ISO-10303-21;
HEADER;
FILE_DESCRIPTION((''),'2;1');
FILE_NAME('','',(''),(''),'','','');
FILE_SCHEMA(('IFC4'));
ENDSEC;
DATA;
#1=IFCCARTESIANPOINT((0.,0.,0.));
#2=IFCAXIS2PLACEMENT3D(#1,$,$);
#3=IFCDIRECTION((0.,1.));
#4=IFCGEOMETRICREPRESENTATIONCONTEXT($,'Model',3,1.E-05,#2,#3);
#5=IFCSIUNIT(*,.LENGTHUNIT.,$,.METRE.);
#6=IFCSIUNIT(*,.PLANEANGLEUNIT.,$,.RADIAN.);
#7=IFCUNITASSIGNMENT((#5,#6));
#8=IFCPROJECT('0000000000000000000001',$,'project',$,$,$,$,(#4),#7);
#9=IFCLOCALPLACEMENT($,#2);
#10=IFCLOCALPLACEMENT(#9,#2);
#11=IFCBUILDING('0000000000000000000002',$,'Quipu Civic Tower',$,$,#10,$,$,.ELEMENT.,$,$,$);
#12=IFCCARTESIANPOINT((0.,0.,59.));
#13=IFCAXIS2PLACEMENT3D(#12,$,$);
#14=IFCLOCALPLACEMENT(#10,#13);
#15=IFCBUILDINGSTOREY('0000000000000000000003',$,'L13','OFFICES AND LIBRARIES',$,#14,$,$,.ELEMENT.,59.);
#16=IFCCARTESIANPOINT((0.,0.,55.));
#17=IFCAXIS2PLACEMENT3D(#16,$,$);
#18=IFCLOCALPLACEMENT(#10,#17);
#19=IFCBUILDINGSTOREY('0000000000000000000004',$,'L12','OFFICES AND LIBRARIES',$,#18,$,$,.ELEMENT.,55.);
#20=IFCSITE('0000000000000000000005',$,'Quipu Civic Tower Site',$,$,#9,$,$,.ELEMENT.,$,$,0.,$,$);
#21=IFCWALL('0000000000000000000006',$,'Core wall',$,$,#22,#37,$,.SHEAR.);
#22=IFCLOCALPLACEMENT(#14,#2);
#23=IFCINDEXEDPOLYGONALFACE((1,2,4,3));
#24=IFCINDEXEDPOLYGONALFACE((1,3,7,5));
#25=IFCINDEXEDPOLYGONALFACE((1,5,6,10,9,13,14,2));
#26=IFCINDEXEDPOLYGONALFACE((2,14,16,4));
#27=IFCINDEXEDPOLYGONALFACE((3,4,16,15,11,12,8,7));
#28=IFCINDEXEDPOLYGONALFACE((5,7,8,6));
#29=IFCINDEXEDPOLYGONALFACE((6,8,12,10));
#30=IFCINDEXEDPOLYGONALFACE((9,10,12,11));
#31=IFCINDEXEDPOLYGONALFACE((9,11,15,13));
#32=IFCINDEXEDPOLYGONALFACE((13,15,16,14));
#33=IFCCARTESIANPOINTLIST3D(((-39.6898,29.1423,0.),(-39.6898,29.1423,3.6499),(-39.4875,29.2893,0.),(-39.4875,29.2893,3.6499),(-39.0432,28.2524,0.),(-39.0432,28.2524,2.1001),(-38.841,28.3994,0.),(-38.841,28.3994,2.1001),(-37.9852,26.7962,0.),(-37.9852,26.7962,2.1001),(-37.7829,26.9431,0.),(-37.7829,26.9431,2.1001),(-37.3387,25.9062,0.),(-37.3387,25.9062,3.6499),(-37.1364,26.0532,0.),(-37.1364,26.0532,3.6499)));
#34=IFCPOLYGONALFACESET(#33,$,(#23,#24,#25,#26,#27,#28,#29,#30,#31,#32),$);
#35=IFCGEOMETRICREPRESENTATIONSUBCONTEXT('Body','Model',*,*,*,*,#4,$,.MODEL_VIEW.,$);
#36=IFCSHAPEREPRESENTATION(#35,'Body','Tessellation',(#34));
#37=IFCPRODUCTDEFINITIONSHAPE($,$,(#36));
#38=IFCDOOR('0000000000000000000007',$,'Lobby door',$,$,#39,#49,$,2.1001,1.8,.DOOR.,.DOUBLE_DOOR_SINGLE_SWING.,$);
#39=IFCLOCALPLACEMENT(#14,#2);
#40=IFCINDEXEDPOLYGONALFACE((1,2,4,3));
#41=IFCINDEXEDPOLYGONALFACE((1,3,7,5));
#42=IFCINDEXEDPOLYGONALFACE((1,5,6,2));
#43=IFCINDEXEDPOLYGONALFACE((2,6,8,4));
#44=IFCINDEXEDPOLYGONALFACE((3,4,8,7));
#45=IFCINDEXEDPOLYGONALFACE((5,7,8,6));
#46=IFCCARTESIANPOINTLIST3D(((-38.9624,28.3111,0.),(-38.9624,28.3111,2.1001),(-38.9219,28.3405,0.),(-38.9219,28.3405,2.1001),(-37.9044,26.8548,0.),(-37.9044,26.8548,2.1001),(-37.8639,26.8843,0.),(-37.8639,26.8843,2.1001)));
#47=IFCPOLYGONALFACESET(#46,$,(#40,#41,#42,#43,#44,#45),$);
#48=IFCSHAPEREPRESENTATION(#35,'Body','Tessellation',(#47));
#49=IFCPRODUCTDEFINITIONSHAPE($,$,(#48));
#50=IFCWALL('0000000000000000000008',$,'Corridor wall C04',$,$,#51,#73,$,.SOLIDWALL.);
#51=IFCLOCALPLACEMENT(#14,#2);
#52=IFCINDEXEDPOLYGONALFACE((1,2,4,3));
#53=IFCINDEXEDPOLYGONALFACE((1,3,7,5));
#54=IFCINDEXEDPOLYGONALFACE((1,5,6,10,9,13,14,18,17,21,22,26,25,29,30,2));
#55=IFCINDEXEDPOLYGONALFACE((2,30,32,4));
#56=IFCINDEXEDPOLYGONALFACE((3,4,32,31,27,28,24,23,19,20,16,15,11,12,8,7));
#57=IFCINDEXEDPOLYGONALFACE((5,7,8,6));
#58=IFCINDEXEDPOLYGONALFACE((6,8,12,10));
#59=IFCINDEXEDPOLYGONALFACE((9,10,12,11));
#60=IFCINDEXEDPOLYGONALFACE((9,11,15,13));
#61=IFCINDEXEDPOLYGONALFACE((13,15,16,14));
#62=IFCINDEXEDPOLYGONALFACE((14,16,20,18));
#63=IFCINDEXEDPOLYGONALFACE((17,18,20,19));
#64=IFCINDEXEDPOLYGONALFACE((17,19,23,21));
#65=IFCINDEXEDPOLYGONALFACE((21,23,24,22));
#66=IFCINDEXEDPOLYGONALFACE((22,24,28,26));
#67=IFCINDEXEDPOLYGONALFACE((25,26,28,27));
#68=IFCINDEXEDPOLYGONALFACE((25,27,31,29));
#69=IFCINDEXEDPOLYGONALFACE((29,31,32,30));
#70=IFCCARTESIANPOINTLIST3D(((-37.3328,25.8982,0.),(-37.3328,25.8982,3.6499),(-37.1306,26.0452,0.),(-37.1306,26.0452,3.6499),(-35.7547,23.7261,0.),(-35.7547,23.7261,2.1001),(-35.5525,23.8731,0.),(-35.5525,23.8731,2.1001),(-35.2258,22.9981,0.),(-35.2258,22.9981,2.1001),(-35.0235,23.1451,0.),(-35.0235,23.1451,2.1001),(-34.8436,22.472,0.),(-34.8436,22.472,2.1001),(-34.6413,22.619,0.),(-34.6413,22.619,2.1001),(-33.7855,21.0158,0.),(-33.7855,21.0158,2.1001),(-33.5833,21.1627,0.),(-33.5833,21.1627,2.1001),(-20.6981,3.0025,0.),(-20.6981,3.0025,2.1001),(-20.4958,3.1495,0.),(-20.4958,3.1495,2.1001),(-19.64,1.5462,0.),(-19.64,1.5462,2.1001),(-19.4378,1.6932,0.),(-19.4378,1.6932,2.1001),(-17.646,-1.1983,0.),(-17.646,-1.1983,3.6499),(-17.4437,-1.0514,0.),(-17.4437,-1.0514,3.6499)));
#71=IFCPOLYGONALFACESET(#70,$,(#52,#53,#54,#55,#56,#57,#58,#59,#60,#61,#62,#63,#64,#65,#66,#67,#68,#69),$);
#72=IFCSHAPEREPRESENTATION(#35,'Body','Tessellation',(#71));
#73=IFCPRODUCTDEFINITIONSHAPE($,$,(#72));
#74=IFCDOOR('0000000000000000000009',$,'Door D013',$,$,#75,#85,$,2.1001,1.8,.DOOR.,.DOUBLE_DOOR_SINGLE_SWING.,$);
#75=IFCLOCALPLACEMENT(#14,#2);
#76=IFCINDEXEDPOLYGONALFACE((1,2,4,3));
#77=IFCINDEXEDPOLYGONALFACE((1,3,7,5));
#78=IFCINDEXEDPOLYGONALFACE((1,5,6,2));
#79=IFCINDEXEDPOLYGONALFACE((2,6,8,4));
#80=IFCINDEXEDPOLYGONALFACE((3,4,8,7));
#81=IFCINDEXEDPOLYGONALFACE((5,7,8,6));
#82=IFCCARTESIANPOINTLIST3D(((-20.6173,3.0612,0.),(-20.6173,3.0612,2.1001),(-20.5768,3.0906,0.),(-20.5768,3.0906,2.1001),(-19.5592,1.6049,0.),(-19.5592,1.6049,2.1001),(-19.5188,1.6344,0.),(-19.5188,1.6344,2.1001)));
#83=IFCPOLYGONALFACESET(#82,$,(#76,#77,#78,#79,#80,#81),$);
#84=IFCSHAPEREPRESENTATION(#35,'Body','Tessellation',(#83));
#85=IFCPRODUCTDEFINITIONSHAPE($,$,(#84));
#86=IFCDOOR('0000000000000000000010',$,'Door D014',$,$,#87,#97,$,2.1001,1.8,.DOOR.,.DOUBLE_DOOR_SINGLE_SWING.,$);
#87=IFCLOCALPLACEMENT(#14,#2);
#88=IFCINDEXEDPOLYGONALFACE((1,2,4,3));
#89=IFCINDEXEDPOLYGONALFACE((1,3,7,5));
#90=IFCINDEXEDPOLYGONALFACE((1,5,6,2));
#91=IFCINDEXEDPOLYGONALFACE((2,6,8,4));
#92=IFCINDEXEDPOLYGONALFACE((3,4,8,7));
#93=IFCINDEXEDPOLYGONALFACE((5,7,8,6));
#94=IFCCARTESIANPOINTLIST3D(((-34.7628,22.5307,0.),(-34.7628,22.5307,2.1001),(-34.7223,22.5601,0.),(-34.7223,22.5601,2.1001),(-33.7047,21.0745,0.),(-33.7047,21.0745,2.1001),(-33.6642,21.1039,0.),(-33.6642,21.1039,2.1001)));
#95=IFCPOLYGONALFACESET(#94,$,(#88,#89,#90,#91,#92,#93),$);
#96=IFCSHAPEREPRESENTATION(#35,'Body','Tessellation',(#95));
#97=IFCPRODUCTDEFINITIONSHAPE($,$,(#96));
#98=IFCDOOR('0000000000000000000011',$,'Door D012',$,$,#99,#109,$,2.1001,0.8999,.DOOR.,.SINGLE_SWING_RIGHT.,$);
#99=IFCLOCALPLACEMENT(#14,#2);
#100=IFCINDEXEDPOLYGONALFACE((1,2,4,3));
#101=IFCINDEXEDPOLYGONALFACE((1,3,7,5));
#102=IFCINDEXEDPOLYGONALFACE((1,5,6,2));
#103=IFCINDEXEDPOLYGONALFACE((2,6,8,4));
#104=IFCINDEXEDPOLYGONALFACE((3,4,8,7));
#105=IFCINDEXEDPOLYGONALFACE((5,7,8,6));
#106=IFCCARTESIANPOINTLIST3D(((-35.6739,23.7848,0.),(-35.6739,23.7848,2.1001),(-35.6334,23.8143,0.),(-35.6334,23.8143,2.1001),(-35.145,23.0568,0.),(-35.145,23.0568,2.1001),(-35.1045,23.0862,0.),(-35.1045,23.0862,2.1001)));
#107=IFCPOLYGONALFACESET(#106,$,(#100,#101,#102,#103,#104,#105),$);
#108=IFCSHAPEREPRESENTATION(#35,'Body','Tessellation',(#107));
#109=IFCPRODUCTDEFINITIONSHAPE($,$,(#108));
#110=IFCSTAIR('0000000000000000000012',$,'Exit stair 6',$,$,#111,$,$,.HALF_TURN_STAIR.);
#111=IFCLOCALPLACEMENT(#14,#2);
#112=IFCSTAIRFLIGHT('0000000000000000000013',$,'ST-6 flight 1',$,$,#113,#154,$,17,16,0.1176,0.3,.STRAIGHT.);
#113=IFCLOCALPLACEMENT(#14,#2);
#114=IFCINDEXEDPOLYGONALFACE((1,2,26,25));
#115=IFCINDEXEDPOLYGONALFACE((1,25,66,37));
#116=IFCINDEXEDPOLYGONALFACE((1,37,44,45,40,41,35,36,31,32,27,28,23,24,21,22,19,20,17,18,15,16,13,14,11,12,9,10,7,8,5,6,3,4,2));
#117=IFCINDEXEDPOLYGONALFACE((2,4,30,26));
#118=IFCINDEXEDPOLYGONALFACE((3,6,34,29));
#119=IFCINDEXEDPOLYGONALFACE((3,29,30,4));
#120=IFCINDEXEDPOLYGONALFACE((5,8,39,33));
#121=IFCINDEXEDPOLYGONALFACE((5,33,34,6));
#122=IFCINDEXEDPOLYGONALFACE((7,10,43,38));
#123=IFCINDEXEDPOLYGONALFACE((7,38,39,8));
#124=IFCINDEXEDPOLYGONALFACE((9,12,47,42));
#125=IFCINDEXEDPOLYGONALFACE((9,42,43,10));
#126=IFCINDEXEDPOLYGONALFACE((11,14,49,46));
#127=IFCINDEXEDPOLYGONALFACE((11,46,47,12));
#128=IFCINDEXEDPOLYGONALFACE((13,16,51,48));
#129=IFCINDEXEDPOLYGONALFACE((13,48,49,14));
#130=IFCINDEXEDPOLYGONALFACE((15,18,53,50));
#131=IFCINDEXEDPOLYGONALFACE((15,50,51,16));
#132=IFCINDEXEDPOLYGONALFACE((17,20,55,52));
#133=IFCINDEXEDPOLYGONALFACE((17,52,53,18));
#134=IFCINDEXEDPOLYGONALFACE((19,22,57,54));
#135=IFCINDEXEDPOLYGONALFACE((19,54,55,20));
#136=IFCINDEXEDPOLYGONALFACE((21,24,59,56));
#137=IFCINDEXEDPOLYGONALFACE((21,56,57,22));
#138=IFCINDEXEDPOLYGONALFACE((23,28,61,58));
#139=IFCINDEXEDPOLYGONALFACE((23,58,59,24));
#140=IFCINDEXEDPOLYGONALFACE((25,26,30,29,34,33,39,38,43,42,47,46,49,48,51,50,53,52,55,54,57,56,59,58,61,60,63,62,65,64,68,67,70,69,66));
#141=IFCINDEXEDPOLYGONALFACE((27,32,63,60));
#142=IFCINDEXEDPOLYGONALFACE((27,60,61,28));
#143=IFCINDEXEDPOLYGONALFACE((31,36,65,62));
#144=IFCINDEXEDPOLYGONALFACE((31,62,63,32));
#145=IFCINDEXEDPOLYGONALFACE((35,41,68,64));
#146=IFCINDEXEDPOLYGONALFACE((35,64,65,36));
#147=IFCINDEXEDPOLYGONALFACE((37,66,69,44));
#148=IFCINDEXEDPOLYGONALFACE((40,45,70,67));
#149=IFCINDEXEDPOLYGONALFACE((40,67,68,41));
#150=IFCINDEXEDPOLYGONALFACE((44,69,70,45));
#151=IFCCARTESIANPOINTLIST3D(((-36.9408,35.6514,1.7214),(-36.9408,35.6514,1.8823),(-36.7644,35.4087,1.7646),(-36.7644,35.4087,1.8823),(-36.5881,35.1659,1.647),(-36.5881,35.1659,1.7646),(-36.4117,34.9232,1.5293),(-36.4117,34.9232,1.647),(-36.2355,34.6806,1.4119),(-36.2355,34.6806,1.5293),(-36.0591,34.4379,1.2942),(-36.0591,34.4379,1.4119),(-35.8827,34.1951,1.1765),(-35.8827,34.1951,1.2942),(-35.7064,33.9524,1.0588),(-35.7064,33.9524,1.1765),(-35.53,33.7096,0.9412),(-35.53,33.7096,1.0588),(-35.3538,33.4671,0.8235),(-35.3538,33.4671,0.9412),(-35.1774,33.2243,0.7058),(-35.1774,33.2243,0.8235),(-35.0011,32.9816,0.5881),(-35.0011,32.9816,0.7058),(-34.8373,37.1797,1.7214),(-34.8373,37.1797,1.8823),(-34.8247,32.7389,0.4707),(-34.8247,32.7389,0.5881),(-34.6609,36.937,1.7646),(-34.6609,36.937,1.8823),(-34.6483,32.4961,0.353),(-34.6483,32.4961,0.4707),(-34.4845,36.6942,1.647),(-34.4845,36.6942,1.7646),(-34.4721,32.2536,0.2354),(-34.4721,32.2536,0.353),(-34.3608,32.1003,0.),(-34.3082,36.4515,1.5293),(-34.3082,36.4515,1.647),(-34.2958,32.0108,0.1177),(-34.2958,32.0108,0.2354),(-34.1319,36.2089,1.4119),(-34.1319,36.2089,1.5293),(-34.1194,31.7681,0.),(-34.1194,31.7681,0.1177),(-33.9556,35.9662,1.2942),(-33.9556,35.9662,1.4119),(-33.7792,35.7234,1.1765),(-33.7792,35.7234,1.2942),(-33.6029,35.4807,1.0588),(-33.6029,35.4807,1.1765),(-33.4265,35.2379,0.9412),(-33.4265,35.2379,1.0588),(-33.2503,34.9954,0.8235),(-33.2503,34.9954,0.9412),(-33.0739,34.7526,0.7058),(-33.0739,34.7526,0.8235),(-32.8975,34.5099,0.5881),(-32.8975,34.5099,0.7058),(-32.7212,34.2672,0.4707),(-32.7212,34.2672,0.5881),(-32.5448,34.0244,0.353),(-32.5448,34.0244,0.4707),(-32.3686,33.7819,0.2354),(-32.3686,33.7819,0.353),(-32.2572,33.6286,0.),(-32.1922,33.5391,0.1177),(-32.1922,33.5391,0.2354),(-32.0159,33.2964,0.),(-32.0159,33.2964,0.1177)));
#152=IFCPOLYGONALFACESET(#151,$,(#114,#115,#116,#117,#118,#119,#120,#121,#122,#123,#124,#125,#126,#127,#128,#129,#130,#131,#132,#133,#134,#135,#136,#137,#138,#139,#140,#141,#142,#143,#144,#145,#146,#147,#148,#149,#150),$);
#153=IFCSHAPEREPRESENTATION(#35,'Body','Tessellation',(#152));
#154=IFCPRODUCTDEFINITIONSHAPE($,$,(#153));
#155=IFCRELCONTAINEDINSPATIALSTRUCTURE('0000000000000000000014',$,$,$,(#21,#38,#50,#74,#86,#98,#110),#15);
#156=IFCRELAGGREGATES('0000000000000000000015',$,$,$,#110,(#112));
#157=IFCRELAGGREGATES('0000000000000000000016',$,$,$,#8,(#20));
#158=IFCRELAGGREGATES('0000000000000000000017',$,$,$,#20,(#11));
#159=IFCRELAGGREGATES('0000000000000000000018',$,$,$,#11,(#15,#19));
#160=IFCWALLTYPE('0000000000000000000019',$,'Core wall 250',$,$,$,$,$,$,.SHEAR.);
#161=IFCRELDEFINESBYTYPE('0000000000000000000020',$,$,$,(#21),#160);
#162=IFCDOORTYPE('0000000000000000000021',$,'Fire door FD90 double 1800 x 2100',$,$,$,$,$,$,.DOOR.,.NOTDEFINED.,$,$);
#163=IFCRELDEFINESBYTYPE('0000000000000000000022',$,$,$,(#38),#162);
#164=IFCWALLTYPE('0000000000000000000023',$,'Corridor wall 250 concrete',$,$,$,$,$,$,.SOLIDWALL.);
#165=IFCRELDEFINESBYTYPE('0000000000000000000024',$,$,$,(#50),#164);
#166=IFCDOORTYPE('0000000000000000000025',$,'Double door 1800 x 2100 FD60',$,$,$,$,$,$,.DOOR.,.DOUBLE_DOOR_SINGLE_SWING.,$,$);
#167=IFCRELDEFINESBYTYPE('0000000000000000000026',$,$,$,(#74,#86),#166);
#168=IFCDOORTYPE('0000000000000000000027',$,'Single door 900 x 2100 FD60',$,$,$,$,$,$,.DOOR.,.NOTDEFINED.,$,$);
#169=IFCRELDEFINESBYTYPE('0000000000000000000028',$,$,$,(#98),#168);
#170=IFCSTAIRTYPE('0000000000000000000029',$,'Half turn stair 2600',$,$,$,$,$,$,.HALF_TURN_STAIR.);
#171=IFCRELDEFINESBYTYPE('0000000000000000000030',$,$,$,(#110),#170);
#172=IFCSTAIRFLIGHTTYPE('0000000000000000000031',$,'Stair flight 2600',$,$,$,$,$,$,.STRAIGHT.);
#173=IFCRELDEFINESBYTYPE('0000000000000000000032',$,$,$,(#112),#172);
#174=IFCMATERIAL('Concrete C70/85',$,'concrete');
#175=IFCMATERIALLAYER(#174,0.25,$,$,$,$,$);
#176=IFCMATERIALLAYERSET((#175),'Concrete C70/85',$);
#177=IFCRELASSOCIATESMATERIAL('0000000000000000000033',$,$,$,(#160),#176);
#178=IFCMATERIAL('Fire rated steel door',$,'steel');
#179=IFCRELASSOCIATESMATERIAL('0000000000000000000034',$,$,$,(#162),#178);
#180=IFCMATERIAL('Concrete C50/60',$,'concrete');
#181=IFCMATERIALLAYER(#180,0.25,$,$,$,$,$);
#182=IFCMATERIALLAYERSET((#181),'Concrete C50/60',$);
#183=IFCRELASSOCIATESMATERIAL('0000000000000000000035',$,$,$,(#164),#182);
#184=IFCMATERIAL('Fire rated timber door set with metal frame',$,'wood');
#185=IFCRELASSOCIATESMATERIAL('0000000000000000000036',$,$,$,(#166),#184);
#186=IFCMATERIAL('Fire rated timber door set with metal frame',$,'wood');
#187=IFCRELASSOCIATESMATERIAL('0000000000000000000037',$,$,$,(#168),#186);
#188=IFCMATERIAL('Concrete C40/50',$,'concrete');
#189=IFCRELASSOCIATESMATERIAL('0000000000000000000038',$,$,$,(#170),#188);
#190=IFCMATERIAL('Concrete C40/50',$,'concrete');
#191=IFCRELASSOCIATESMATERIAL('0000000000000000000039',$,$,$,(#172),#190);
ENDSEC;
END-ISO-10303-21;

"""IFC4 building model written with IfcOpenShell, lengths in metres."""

from ifc_helpers import new_model, si_unit, direction, frame, frame_2d, origin, place, context, subcontext, project, spatial, polyline, rectangle, outline, extrude, material, layer, layer_set, type_object, element, fill, aggregate, save


model = new_model("IFC4")

# Units and contexts
model_context = context("Model", 3, precision=1e-05, world=origin(), true_north=direction((0.0, 1.0)))
body_context = subcontext(model_context, "Body", "Model", "MODEL_VIEW")
ifc_project = project(units=[si_unit("LENGTHUNIT", "METRE"), si_unit("PLANEANGLEUNIT", "RADIAN")], contexts=[model_context])

# Site, building, storey
site_placement = place(None, origin())
site = spatial("IfcSite", under=ifc_project, at=site_placement, Name="Quipu Civic Tower Site", CompositionType="ELEMENT", RefElevation=0.0)
building_placement = place(site_placement, origin())
building = spatial("IfcBuilding", under=site, at=building_placement, Name="Quipu Civic Tower", CompositionType="ELEMENT")
storey_1_placement = place(building_placement, frame((0.0, 0.0, 59.0)))
storey_1 = spatial("IfcBuildingStorey", under=building, at=storey_1_placement, Name="L13", Description="OFFICES AND LIBRARIES", CompositionType="ELEMENT", Elevation=59.0)

# Shared definitions
storey_2_placement = place(building_placement, frame((0.0, 0.0, 55.0)))
storey_2 = spatial("IfcBuildingStorey", under=building, at=storey_2_placement, Name="L12", Description="OFFICES AND LIBRARIES", CompositionType="ELEMENT", Elevation=55.0)

# Shared definitions
ifc_material_1 = material(Name="Concrete C70/85", Category="concrete")
ifc_layer_1 = layer(ifc_material_1, 0.25)
ifc_layer_set_1 = layer_set([ifc_layer_1], Name="Concrete C70/85")
wall_type_1 = type_object("IfcWallType", Name="Core wall 250", PredefinedType="SHEAR", material=ifc_layer_set_1)

# Wall, opening, door
wall_1_placement = place(storey_1_placement, frame((-39.5886, 29.2158, 0.0), z_axis=(0.0, 0.0, 1.0), x_axis=(0.587772, -0.809026, 0.0)))
wall_1 = element("IfcWall", 1, at=wall_1_placement, inside=storey_1, type_object=wall_type_1, Name="Core wall", PredefinedType="SHEAR", context=body_context, shape_type="SweptSolid", body=[
    extrude(rectangle(XDim=4.0, YDim=0.25, at=frame_2d((2.0, 0.0))), origin(), (0.0, 0.0, 1.0), 3.6499),
])
opening_1_placement = place(wall_1_placement, frame((1.1001, 0.0, 0.0)))
opening_1 = element("IfcOpeningElement", 2, at=opening_1_placement, cuts=wall_1, PredefinedType="OPENING", context=body_context, shape_type="SweptSolid", body=[
    extrude(rectangle(XDim=1.8, YDim=2.1001, at=frame_2d((0.8999, 1.05))), frame((0.0, 0.135, 0.0), z_axis=(0.0, -1.0, 0.0), x_axis=(1.0, 0.0, 0.0)), (0.0, 0.0, 1.0), 0.27),
])
ifc_material_2 = material(Name="Fire rated steel door", Category="steel")
door_type_1 = type_object("IfcDoorType", Name="Fire door FD90 double 1800 x 2100", OperationType="NOTDEFINED", PredefinedType="DOOR", material=ifc_material_2)
door_1_placement = place(opening_1_placement, origin())
door_1 = element("IfcDoor", 3, at=door_1_placement, inside=storey_1, type_object=door_type_1, Name="Lobby door", OperationType="DOUBLE_DOOR_SINGLE_SWING", OverallHeight=2.1001, OverallWidth=1.8, PredefinedType="DOOR", context=body_context, shape_type="SweptSolid", body=[
    extrude(rectangle(XDim=1.8, YDim=2.1001, at=frame_2d((0.8999, 1.05))), frame((0.0, 0.0249, 0.0), z_axis=(0.0, -1.0, 0.0), x_axis=(1.0, 0.0, 0.0)), (0.0, 0.0, 1.0), 0.05),
])
fill(opening_1, door_1)

# Wall, openings, doors
ifc_material_3 = material(Name="Concrete C50/60", Category="concrete")
ifc_layer_2 = layer(ifc_material_3, 0.25)
ifc_layer_set_2 = layer_set([ifc_layer_2], Name="Concrete C50/60")
wall_type_2 = type_object("IfcWallType", Name="Corridor wall 250 concrete", PredefinedType="SOLIDWALL", material=ifc_layer_set_2)
wall_2_placement = place(storey_1_placement, frame((-37.2317, 25.9717, 0.0), z_axis=(0.0, 0.0, 1.0), x_axis=(0.587786, -0.809016, 0.0)))
wall_2 = element("IfcWall", 4, at=wall_2_placement, inside=storey_1, type_object=wall_type_2, Name="Corridor wall C04", PredefinedType="SOLIDWALL", context=body_context, shape_type="SweptSolid", body=[
    extrude(rectangle(XDim=33.4932, YDim=0.25, at=frame_2d((16.7466, 0.0))), origin(), (0.0, 0.0, 1.0), 3.6499),
])
opening_2_placement = place(wall_2_placement, frame((28.3008, 0.0, 0.0)))
opening_2 = element("IfcOpeningElement", 5, at=opening_2_placement, cuts=wall_2, PredefinedType="OPENING", context=body_context, shape_type="SweptSolid", body=[
    extrude(rectangle(XDim=1.8, YDim=2.1001, at=frame_2d((0.8999, 1.05))), frame((0.0, 0.135, 0.0), z_axis=(0.0, -1.0, 0.0), x_axis=(1.0, 0.0, 0.0)), (0.0, 0.0, 1.0), 0.27),
])
opening_3_placement = place(wall_2_placement, frame((4.2351, 0.0, 0.0)))
opening_3 = element("IfcOpeningElement", 6, at=opening_3_placement, cuts=wall_2, PredefinedType="OPENING", context=body_context, shape_type="SweptSolid", body=[
    extrude(rectangle(XDim=1.8, YDim=2.1001, at=frame_2d((0.8999, 1.05))), frame((0.0, 0.135, 0.0), z_axis=(0.0, -1.0, 0.0), x_axis=(1.0, 0.0, 0.0)), (0.0, 0.0, 1.0), 0.27),
])
opening_4_placement = place(wall_2_placement, frame((2.6848, 0.0, 0.0)))
opening_4 = element("IfcOpeningElement", 7, at=opening_4_placement, cuts=wall_2, PredefinedType="OPENING", context=body_context, shape_type="SweptSolid", body=[
    extrude(rectangle(XDim=0.8999, YDim=2.1001, at=frame_2d((0.45, 1.05))), frame((0.0, 0.135, 0.0), z_axis=(0.0, -1.0, 0.0), x_axis=(1.0, 0.0, 0.0)), (0.0, 0.0, 1.0), 0.27),
])
ifc_material_4 = material(Name="Fire rated timber door set with metal frame", Category="wood")
door_type_2 = type_object("IfcDoorType", Name="Double door 1800 x 2100 FD60", OperationType="DOUBLE_DOOR_SINGLE_SWING", PredefinedType="DOOR", material=ifc_material_4)
door_2_placement = place(opening_2_placement, origin())
door_2 = element("IfcDoor", 8, at=door_2_placement, inside=storey_1, type_object=door_type_2, Name="Door D013", OperationType="DOUBLE_DOOR_SINGLE_SWING", OverallHeight=2.1001, OverallWidth=1.8, PredefinedType="DOOR", context=body_context, shape_type="SweptSolid", body=[
    extrude(rectangle(XDim=1.8, YDim=2.1001, at=frame_2d((0.8999, 1.05))), frame((0.0, 0.0249, 0.0), z_axis=(0.0, -1.0, 0.0), x_axis=(1.0, 0.0, 0.0)), (0.0, 0.0, 1.0), 0.05),
])
fill(opening_2, door_2)
door_3_placement = place(opening_3_placement, origin())
door_3 = element("IfcDoor", 9, at=door_3_placement, inside=storey_1, type_object=door_type_2, Name="Door D014", OperationType="DOUBLE_DOOR_SINGLE_SWING", OverallHeight=2.1001, OverallWidth=1.8, PredefinedType="DOOR", context=body_context, shape_type="SweptSolid", body=[
    extrude(rectangle(XDim=1.8, YDim=2.1001, at=frame_2d((0.8999, 1.05))), frame((0.0, 0.0249, 0.0), z_axis=(0.0, -1.0, 0.0), x_axis=(1.0, 0.0, 0.0)), (0.0, 0.0, 1.0), 0.05),
])
fill(opening_3, door_3)
ifc_material_5 = material(Name="Fire rated timber door set with metal frame", Category="wood")
door_type_3 = type_object("IfcDoorType", Name="Single door 900 x 2100 FD60", OperationType="NOTDEFINED", PredefinedType="DOOR", material=ifc_material_5)
door_4_placement = place(opening_4_placement, origin())
door_4 = element("IfcDoor", 10, at=door_4_placement, inside=storey_1, type_object=door_type_3, Name="Door D012", OperationType="SINGLE_SWING_RIGHT", OverallHeight=2.1001, OverallWidth=0.8999, PredefinedType="DOOR", context=body_context, shape_type="SweptSolid", body=[
    extrude(rectangle(XDim=0.8999, YDim=2.1001, at=frame_2d((0.45, 1.05))), frame((0.0, 0.0249, 0.0), z_axis=(0.0, -1.0, 0.0), x_axis=(1.0, 0.0, 0.0)), (0.0, 0.0, 1.0), 0.05),
])
fill(opening_4, door_4)

# Stair, stair flight
ifc_material_6 = material(Name="Concrete C40/50", Category="concrete")
stair_type = type_object("IfcStairType", Name="Half turn stair 2600", PredefinedType="HALF_TURN_STAIR", material=ifc_material_6)
stair_placement = place(storey_1_placement, origin())
stair = element("IfcStair", 11, at=stair_placement, inside=storey_1, type_object=stair_type, Name="Exit stair 6", PredefinedType="HALF_TURN_STAIR")
ifc_material_7 = material(Name="Concrete C40/50", Category="concrete")
stair_flight_type = type_object("IfcStairFlightType", Name="Stair flight 2600", PredefinedType="STRAIGHT", material=ifc_material_7)
stair_flight_1_placement = place(storey_1_placement, frame((-33.0676, 32.5322, 0.0), z_axis=(0.0, 0.0, 1.0), x_axis=(-0.587785, 0.809017, 0.0)))
stair_flight_1 = element("IfcStairFlight", 12, at=stair_flight_1_placement, type_object=stair_flight_type, Name="ST-6 flight 1", NumberOfRisers=17, NumberOfTreads=16, PredefinedType="STRAIGHT", RiserHeight=0.1176, TreadLength=0.3, context=body_context, shape_type="SweptSolid", body=[
    extrude(outline(polyline([(0.0, 0.0), (0.0, 0.1177), (0.3, 0.1177), (0.3, 0.2354), (0.6001, 0.2354), (0.6001, 0.353), (0.8999, 0.353), (0.8999, 0.4707), (1.2, 0.4707), (1.2, 0.5881), (1.5, 0.5881), (1.5, 0.7058), (1.8, 0.7058), (1.8, 0.8235), (2.1001, 0.8235), (2.1001, 0.9412), (2.3999, 0.9412), (2.3999, 1.0588), (2.7, 1.0588), (2.7, 1.1765), (3.0, 1.1765), (3.0, 1.2942), (3.3, 1.2942), (3.3, 1.4119), (3.6001, 1.4119), (3.6001, 1.5293), (3.8999, 1.5293), (3.8999, 1.647), (4.2, 1.647), (4.2, 1.7646), (4.5, 1.7646), (4.5, 1.8823), (4.8, 1.8823), (4.8, 2.0), (4.8, 1.7214), (0.4106, 0.0), (0.0, 0.0)])), frame((0.0, 1.3, 0.0), z_axis=(0.0, -1.0, 0.0), x_axis=(1.0, 0.0, 0.0)), (0.0, 0.0, 1.0), 2.6001),
])
aggregate(stair, [stair_flight_1])

save(model, "model.ifc")
